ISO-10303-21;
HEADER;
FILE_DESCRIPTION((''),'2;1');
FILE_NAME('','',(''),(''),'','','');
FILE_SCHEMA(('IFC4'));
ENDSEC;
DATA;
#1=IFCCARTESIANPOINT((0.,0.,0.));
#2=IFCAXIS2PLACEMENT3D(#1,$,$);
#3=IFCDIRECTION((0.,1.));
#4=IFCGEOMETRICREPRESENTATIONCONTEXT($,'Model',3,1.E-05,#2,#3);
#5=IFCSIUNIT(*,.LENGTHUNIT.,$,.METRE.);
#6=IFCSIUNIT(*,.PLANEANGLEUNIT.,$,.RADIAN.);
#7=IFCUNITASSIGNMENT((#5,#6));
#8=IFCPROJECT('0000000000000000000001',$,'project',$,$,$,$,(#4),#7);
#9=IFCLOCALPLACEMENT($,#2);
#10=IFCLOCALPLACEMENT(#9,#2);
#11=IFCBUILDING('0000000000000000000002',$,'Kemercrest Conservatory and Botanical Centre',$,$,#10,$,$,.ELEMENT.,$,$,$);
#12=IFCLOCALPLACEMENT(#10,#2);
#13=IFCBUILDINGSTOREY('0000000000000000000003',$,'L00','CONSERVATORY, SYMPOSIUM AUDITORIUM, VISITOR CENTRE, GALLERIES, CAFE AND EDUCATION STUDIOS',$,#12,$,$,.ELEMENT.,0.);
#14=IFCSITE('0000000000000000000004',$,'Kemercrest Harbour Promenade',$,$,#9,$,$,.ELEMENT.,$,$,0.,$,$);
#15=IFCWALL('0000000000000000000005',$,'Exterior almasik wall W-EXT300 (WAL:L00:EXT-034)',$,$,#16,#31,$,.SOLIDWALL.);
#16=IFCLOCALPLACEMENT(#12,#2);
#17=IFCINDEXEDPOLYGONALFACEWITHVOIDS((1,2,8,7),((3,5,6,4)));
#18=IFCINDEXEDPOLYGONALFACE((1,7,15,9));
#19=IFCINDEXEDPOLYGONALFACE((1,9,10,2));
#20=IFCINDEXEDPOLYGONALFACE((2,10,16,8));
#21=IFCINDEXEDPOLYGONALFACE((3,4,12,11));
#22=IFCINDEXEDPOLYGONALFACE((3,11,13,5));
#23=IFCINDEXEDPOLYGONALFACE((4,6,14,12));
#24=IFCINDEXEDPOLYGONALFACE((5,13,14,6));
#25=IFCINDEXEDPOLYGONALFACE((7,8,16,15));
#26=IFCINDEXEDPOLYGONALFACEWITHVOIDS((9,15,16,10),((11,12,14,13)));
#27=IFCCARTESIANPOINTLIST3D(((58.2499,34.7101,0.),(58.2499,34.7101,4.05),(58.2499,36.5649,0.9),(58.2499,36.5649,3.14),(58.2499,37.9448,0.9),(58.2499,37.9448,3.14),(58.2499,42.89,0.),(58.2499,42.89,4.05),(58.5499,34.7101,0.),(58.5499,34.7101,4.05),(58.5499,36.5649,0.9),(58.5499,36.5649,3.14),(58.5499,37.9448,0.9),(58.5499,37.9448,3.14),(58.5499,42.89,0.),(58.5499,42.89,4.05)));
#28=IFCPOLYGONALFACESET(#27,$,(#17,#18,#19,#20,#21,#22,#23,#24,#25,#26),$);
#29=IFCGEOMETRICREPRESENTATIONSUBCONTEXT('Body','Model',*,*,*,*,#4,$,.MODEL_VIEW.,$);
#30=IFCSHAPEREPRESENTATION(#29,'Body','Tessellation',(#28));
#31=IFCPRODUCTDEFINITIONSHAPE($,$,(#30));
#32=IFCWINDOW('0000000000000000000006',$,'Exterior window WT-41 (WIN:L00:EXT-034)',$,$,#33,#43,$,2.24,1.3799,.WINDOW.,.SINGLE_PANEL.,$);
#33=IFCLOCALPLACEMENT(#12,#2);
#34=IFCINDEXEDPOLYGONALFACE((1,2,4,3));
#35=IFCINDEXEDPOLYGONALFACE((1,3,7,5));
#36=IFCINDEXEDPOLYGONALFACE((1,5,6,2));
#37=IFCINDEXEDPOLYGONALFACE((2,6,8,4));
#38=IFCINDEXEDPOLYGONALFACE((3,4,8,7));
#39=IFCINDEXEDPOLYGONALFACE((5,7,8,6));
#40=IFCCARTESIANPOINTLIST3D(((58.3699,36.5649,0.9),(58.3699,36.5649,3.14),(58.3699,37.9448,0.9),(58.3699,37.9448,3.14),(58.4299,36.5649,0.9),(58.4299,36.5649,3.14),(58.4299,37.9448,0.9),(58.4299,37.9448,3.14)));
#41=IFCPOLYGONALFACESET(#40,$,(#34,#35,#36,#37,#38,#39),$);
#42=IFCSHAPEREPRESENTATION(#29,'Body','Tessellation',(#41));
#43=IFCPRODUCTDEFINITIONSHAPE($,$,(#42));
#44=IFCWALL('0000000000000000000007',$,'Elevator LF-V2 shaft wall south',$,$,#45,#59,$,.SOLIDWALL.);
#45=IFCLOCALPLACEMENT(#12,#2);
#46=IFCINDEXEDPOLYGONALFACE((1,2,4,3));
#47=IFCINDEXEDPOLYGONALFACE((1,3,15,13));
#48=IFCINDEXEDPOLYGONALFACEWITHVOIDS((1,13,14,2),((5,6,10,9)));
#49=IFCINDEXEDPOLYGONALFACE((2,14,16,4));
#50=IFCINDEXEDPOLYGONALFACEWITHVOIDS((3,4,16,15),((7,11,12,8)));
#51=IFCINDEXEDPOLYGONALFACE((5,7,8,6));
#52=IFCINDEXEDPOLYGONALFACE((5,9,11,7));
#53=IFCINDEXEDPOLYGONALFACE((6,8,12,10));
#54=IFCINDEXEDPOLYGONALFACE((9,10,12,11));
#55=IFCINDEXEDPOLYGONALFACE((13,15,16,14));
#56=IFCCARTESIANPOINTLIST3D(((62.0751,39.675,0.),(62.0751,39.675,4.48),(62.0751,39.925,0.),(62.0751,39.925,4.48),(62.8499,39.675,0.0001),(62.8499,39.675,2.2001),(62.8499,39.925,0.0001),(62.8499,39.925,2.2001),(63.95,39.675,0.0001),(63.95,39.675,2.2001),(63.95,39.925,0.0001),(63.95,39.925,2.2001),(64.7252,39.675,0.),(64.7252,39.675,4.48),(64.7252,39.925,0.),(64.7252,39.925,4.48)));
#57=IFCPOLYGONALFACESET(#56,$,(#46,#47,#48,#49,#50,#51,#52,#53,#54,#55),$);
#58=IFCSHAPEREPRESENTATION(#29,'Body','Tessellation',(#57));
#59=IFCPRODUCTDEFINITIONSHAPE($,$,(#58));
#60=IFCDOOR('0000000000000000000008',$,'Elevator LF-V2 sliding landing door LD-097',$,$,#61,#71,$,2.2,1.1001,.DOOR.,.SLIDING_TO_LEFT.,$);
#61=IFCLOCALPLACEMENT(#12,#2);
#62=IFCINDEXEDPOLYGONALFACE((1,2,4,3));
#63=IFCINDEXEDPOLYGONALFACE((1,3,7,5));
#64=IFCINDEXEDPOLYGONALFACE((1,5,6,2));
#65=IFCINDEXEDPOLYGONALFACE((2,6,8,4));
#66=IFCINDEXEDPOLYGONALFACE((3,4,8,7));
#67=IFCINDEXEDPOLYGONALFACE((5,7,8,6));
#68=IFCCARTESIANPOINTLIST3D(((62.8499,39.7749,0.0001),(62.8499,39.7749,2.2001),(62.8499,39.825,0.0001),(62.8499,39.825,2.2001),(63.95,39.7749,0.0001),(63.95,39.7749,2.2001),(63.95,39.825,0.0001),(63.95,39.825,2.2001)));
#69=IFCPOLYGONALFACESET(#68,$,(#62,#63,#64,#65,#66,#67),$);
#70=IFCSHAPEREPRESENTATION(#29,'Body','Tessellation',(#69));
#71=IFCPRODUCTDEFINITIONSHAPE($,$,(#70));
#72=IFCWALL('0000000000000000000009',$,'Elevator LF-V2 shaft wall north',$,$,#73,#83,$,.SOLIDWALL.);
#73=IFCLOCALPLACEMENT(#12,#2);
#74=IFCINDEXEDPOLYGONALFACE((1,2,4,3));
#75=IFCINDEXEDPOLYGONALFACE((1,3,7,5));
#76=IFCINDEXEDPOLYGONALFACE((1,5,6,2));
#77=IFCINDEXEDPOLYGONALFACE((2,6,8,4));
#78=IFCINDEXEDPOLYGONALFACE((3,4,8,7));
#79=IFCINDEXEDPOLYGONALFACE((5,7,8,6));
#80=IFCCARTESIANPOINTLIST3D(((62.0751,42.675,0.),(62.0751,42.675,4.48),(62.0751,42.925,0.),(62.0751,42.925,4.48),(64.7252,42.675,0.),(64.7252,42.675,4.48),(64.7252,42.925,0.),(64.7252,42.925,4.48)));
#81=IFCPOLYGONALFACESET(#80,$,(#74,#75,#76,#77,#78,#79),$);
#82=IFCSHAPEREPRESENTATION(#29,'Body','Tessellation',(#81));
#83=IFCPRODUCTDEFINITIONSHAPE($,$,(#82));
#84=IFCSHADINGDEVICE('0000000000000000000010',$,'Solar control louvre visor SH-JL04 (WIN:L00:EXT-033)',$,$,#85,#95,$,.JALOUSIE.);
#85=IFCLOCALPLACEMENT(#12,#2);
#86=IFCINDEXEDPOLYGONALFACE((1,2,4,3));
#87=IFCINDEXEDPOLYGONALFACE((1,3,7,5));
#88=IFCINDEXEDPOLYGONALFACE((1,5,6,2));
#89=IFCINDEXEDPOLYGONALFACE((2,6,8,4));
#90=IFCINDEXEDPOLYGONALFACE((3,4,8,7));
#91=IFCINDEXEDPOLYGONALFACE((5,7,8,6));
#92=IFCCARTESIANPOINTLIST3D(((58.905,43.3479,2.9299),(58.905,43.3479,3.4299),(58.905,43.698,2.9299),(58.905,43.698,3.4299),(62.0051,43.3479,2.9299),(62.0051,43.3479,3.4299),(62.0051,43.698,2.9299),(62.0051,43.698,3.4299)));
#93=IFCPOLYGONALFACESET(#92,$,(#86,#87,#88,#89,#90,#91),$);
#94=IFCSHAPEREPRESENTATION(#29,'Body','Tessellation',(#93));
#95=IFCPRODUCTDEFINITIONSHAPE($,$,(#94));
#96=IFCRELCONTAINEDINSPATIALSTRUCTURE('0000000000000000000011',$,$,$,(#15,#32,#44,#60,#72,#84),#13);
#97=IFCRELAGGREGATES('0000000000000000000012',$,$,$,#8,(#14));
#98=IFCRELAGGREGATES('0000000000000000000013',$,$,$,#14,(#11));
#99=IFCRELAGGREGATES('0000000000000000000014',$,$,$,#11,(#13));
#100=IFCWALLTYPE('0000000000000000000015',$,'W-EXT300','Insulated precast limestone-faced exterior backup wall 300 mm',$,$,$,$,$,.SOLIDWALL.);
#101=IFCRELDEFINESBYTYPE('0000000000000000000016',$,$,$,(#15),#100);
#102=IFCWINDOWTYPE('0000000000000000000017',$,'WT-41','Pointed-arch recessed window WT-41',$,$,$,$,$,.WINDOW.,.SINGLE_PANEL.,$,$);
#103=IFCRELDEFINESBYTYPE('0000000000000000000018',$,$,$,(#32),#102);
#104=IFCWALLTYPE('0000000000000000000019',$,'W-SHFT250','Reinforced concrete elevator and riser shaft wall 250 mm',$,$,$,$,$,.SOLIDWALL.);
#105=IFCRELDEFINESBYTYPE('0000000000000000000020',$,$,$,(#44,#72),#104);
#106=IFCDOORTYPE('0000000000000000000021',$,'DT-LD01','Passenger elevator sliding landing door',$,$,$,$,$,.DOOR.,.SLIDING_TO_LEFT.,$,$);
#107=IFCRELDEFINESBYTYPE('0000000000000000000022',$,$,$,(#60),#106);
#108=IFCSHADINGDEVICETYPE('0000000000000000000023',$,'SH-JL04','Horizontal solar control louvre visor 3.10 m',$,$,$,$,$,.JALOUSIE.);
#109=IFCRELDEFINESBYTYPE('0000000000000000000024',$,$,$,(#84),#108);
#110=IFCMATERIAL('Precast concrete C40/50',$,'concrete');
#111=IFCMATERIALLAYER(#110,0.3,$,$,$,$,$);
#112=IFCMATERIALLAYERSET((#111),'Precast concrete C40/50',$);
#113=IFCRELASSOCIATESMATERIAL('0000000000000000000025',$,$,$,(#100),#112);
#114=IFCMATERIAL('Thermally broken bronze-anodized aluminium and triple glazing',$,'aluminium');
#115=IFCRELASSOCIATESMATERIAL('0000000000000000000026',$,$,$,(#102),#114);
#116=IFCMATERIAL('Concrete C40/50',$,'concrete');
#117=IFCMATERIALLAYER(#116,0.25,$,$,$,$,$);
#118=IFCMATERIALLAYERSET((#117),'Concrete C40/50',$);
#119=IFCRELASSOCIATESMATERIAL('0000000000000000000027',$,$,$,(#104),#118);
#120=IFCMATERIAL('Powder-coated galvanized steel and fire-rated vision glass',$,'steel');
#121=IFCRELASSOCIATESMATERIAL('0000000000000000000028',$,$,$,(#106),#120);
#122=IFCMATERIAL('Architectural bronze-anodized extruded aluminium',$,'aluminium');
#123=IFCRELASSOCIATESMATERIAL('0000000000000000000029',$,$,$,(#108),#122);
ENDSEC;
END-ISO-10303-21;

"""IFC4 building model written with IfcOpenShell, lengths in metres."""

from ifc_helpers import new_model, si_unit, direction, frame, frame_2d, origin, origin_2d, place, context, subcontext, project, spatial, rectangle, extrude, material, layer, layer_set, type_object, element, fill, save


model = new_model("IFC4")

# Units and contexts
model_context = context("Model", 3, precision=1e-05, world=origin(), true_north=direction((0.0, 1.0)))
body_context = subcontext(model_context, "Body", "Model", "MODEL_VIEW")
ifc_project = project(units=[si_unit("LENGTHUNIT", "METRE"), si_unit("PLANEANGLEUNIT", "RADIAN")], contexts=[model_context])

# Site, building, storey
site_placement = place(None, origin())
site = spatial("IfcSite", under=ifc_project, at=site_placement, Name="Kemercrest Harbour Promenade", CompositionType="ELEMENT", RefElevation=0.0)
building_placement = place(site_placement, origin())
building = spatial("IfcBuilding", under=site, at=building_placement, Name="Kemercrest Conservatory and Botanical Centre", CompositionType="ELEMENT")
storey_placement = place(building_placement, origin())
storey = spatial("IfcBuildingStorey", under=building, at=storey_placement, Name="L00", Description="CONSERVATORY, SYMPOSIUM AUDITORIUM, VISITOR CENTRE, GALLERIES, CAFE AND EDUCATION STUDIOS", CompositionType="ELEMENT", Elevation=0.0)

# Shared definitions
ifc_material_1 = material(Name="Concrete C40/50", Category="concrete")

# Shared definitions
ifc_material_2 = material(Name="Precast concrete C40/50", Category="concrete")

# Wall, opening, window
ifc_layer_1 = layer(ifc_material_2, 0.3)
ifc_layer_set_1 = layer_set([ifc_layer_1], Name="Precast concrete C40/50")
wall_type_1 = type_object("IfcWallType", Name="W-EXT300", Description="Insulated precast limestone-faced exterior backup wall 300 mm", PredefinedType="SOLIDWALL", material=ifc_layer_set_1)
wall_1_placement = place(storey_placement, frame((58.3999, 42.8899, 0.0), z_axis=(0.0, 0.0, 1.0), x_axis=(0.0, -1.0, 0.0)))
wall_1 = element("IfcWall", 1, at=wall_1_placement, inside=storey, type_object=wall_type_1, Name="Exterior almasik wall W-EXT300 (WAL:L00:EXT-034)", PredefinedType="SOLIDWALL", context=body_context, shape_type="SweptSolid", body=[
    extrude(rectangle(XDim=8.1799, YDim=0.3, at=frame_2d((4.0898, 0.0))), origin(), (0.0, 0.0, 1.0), 4.05),
])
opening_1_placement = place(wall_1_placement, frame((4.9451, 0.0, 0.8999)))
opening_1 = element("IfcOpeningElement", 2, at=opening_1_placement, cuts=wall_1, PredefinedType="OPENING", context=body_context, shape_type="SweptSolid", body=[
    extrude(rectangle(XDim=1.3799, YDim=2.24, at=frame_2d((0.6899, 1.1201))), frame((0.0, 0.1602, 0.0), z_axis=(0.0, -1.0, 0.0), x_axis=(1.0, 0.0, 0.0)), (0.0, 0.0, 1.0), 0.3201),
])
ifc_material_3 = material(Name="Thermally broken bronze-anodized aluminium and triple glazing", Category="aluminium")
window_type = type_object("IfcWindowType", Name="WT-41", Description="Pointed-arch recessed window WT-41", PartitioningType="SINGLE_PANEL", PredefinedType="WINDOW", material=ifc_material_3)
window_placement = place(opening_1_placement, origin())
window = element("IfcWindow", 3, at=window_placement, inside=storey, type_object=window_type, Name="Exterior window WT-41 (WIN:L00:EXT-034)", OverallHeight=2.24, OverallWidth=1.3799, PartitioningType="SINGLE_PANEL", PredefinedType="WINDOW", context=body_context, shape_type="SweptSolid", body=[
    extrude(rectangle(XDim=1.3799, YDim=2.24, at=frame_2d((0.6899, 1.1201))), frame((0.0, 0.03, 0.0), z_axis=(0.0, -1.0, 0.0), x_axis=(1.0, 0.0, 0.0)), (0.0, 0.0, 1.0), 0.0601),
])
fill(opening_1, window)

# Wall, opening, door
ifc_layer_2 = layer(ifc_material_1, 0.25)
ifc_layer_set_2 = layer_set([ifc_layer_2], Name="Concrete C40/50")
wall_type_2 = type_object("IfcWallType", Name="W-SHFT250", Description="Reinforced concrete elevator and riser shaft wall 250 mm", PredefinedType="SOLIDWALL", material=ifc_layer_set_2)
wall_2_placement = place(storey_placement, frame((62.075, 39.8, 0.0), z_axis=(0.0, 0.0, 1.0), x_axis=(1.0, 0.0, 0.0)))
wall_2 = element("IfcWall", 4, at=wall_2_placement, inside=storey, type_object=wall_type_2, Name="Elevator LF-V2 shaft wall south", PredefinedType="SOLIDWALL", context=body_context, shape_type="SweptSolid", body=[
    extrude(rectangle(XDim=2.6501, YDim=0.25, at=frame_2d((1.3252, 0.0))), origin(), (0.0, 0.0, 1.0), 4.48),
])
opening_2_placement = place(wall_2_placement, frame((0.7749, 0.0, 0.0)))
opening_2 = element("IfcOpeningElement", 5, at=opening_2_placement, cuts=wall_2, PredefinedType="OPENING", context=body_context, shape_type="SweptSolid", body=[
    extrude(rectangle(XDim=1.1001, YDim=2.2, at=frame_2d((0.55, 1.1001))), frame((0.0, 0.135, 0.0), z_axis=(0.0, -1.0, 0.0), x_axis=(1.0, 0.0, 0.0)), (0.0, 0.0, 1.0), 0.27),
])
ifc_material_4 = material(Name="Powder-coated galvanized steel and fire-rated vision glass", Category="steel")
door_type_1 = type_object("IfcDoorType", Name="DT-LD01", Description="Passenger elevator sliding landing door", OperationType="SLIDING_TO_LEFT", PredefinedType="DOOR", material=ifc_material_4)
door_1_placement = place(opening_2_placement, origin())
door_1 = element("IfcDoor", 6, at=door_1_placement, inside=storey, type_object=door_type_1, Name="Elevator LF-V2 sliding landing door LD-097", OperationType="SLIDING_TO_LEFT", OverallHeight=2.2, OverallWidth=1.1001, PredefinedType="DOOR", context=body_context, shape_type="SweptSolid", body=[
    extrude(rectangle(XDim=1.1001, YDim=2.2, at=frame_2d((0.55, 1.1001))), frame((0.0, 0.0249, 0.0), z_axis=(0.0, -1.0, 0.0), x_axis=(1.0, 0.0, 0.0)), (0.0, 0.0, 1.0), 0.05),
])
fill(opening_2, door_1)

# Wall
wall_3_placement = place(storey_placement, frame((62.075, 42.8, 0.0), z_axis=(0.0, 0.0, 1.0), x_axis=(1.0, 0.0, 0.0)))
element("IfcWall", 7, at=wall_3_placement, inside=storey, type_object=wall_type_2, Name="Elevator LF-V2 shaft wall north", PredefinedType="SOLIDWALL", context=body_context, shape_type="SweptSolid", body=[
    extrude(rectangle(XDim=2.6501, YDim=0.25, at=frame_2d((1.3252, 0.0))), origin(), (0.0, 0.0, 1.0), 4.48),
])

# Shading device
ifc_material_5 = material(Name="Architectural bronze-anodized extruded aluminium", Category="aluminium")
shading_device_type = type_object("IfcShadingDeviceType", Name="SH-JL04", Description="Horizontal solar control louvre visor 3.10 m", PredefinedType="JALOUSIE", material=ifc_material_5)
shading_device_placement = place(storey_placement, frame((60.4551, 43.5229, 2.9299), z_axis=(0.0, 0.0, 1.0), x_axis=(-1.0, 0.0, 0.0)))
element("IfcShadingDevice", 8, at=shading_device_placement, inside=storey, type_object=shading_device_type, Name="Solar control louvre visor SH-JL04 (WIN:L00:EXT-033)", PredefinedType="JALOUSIE", context=body_context, shape_type="SweptSolid", body=[
    extrude(rectangle(XDim=3.1001, YDim=0.3501, at=origin_2d()), origin(), (0.0, 0.0, 1.0), 0.5),
])

save(model, "model.ifc")
